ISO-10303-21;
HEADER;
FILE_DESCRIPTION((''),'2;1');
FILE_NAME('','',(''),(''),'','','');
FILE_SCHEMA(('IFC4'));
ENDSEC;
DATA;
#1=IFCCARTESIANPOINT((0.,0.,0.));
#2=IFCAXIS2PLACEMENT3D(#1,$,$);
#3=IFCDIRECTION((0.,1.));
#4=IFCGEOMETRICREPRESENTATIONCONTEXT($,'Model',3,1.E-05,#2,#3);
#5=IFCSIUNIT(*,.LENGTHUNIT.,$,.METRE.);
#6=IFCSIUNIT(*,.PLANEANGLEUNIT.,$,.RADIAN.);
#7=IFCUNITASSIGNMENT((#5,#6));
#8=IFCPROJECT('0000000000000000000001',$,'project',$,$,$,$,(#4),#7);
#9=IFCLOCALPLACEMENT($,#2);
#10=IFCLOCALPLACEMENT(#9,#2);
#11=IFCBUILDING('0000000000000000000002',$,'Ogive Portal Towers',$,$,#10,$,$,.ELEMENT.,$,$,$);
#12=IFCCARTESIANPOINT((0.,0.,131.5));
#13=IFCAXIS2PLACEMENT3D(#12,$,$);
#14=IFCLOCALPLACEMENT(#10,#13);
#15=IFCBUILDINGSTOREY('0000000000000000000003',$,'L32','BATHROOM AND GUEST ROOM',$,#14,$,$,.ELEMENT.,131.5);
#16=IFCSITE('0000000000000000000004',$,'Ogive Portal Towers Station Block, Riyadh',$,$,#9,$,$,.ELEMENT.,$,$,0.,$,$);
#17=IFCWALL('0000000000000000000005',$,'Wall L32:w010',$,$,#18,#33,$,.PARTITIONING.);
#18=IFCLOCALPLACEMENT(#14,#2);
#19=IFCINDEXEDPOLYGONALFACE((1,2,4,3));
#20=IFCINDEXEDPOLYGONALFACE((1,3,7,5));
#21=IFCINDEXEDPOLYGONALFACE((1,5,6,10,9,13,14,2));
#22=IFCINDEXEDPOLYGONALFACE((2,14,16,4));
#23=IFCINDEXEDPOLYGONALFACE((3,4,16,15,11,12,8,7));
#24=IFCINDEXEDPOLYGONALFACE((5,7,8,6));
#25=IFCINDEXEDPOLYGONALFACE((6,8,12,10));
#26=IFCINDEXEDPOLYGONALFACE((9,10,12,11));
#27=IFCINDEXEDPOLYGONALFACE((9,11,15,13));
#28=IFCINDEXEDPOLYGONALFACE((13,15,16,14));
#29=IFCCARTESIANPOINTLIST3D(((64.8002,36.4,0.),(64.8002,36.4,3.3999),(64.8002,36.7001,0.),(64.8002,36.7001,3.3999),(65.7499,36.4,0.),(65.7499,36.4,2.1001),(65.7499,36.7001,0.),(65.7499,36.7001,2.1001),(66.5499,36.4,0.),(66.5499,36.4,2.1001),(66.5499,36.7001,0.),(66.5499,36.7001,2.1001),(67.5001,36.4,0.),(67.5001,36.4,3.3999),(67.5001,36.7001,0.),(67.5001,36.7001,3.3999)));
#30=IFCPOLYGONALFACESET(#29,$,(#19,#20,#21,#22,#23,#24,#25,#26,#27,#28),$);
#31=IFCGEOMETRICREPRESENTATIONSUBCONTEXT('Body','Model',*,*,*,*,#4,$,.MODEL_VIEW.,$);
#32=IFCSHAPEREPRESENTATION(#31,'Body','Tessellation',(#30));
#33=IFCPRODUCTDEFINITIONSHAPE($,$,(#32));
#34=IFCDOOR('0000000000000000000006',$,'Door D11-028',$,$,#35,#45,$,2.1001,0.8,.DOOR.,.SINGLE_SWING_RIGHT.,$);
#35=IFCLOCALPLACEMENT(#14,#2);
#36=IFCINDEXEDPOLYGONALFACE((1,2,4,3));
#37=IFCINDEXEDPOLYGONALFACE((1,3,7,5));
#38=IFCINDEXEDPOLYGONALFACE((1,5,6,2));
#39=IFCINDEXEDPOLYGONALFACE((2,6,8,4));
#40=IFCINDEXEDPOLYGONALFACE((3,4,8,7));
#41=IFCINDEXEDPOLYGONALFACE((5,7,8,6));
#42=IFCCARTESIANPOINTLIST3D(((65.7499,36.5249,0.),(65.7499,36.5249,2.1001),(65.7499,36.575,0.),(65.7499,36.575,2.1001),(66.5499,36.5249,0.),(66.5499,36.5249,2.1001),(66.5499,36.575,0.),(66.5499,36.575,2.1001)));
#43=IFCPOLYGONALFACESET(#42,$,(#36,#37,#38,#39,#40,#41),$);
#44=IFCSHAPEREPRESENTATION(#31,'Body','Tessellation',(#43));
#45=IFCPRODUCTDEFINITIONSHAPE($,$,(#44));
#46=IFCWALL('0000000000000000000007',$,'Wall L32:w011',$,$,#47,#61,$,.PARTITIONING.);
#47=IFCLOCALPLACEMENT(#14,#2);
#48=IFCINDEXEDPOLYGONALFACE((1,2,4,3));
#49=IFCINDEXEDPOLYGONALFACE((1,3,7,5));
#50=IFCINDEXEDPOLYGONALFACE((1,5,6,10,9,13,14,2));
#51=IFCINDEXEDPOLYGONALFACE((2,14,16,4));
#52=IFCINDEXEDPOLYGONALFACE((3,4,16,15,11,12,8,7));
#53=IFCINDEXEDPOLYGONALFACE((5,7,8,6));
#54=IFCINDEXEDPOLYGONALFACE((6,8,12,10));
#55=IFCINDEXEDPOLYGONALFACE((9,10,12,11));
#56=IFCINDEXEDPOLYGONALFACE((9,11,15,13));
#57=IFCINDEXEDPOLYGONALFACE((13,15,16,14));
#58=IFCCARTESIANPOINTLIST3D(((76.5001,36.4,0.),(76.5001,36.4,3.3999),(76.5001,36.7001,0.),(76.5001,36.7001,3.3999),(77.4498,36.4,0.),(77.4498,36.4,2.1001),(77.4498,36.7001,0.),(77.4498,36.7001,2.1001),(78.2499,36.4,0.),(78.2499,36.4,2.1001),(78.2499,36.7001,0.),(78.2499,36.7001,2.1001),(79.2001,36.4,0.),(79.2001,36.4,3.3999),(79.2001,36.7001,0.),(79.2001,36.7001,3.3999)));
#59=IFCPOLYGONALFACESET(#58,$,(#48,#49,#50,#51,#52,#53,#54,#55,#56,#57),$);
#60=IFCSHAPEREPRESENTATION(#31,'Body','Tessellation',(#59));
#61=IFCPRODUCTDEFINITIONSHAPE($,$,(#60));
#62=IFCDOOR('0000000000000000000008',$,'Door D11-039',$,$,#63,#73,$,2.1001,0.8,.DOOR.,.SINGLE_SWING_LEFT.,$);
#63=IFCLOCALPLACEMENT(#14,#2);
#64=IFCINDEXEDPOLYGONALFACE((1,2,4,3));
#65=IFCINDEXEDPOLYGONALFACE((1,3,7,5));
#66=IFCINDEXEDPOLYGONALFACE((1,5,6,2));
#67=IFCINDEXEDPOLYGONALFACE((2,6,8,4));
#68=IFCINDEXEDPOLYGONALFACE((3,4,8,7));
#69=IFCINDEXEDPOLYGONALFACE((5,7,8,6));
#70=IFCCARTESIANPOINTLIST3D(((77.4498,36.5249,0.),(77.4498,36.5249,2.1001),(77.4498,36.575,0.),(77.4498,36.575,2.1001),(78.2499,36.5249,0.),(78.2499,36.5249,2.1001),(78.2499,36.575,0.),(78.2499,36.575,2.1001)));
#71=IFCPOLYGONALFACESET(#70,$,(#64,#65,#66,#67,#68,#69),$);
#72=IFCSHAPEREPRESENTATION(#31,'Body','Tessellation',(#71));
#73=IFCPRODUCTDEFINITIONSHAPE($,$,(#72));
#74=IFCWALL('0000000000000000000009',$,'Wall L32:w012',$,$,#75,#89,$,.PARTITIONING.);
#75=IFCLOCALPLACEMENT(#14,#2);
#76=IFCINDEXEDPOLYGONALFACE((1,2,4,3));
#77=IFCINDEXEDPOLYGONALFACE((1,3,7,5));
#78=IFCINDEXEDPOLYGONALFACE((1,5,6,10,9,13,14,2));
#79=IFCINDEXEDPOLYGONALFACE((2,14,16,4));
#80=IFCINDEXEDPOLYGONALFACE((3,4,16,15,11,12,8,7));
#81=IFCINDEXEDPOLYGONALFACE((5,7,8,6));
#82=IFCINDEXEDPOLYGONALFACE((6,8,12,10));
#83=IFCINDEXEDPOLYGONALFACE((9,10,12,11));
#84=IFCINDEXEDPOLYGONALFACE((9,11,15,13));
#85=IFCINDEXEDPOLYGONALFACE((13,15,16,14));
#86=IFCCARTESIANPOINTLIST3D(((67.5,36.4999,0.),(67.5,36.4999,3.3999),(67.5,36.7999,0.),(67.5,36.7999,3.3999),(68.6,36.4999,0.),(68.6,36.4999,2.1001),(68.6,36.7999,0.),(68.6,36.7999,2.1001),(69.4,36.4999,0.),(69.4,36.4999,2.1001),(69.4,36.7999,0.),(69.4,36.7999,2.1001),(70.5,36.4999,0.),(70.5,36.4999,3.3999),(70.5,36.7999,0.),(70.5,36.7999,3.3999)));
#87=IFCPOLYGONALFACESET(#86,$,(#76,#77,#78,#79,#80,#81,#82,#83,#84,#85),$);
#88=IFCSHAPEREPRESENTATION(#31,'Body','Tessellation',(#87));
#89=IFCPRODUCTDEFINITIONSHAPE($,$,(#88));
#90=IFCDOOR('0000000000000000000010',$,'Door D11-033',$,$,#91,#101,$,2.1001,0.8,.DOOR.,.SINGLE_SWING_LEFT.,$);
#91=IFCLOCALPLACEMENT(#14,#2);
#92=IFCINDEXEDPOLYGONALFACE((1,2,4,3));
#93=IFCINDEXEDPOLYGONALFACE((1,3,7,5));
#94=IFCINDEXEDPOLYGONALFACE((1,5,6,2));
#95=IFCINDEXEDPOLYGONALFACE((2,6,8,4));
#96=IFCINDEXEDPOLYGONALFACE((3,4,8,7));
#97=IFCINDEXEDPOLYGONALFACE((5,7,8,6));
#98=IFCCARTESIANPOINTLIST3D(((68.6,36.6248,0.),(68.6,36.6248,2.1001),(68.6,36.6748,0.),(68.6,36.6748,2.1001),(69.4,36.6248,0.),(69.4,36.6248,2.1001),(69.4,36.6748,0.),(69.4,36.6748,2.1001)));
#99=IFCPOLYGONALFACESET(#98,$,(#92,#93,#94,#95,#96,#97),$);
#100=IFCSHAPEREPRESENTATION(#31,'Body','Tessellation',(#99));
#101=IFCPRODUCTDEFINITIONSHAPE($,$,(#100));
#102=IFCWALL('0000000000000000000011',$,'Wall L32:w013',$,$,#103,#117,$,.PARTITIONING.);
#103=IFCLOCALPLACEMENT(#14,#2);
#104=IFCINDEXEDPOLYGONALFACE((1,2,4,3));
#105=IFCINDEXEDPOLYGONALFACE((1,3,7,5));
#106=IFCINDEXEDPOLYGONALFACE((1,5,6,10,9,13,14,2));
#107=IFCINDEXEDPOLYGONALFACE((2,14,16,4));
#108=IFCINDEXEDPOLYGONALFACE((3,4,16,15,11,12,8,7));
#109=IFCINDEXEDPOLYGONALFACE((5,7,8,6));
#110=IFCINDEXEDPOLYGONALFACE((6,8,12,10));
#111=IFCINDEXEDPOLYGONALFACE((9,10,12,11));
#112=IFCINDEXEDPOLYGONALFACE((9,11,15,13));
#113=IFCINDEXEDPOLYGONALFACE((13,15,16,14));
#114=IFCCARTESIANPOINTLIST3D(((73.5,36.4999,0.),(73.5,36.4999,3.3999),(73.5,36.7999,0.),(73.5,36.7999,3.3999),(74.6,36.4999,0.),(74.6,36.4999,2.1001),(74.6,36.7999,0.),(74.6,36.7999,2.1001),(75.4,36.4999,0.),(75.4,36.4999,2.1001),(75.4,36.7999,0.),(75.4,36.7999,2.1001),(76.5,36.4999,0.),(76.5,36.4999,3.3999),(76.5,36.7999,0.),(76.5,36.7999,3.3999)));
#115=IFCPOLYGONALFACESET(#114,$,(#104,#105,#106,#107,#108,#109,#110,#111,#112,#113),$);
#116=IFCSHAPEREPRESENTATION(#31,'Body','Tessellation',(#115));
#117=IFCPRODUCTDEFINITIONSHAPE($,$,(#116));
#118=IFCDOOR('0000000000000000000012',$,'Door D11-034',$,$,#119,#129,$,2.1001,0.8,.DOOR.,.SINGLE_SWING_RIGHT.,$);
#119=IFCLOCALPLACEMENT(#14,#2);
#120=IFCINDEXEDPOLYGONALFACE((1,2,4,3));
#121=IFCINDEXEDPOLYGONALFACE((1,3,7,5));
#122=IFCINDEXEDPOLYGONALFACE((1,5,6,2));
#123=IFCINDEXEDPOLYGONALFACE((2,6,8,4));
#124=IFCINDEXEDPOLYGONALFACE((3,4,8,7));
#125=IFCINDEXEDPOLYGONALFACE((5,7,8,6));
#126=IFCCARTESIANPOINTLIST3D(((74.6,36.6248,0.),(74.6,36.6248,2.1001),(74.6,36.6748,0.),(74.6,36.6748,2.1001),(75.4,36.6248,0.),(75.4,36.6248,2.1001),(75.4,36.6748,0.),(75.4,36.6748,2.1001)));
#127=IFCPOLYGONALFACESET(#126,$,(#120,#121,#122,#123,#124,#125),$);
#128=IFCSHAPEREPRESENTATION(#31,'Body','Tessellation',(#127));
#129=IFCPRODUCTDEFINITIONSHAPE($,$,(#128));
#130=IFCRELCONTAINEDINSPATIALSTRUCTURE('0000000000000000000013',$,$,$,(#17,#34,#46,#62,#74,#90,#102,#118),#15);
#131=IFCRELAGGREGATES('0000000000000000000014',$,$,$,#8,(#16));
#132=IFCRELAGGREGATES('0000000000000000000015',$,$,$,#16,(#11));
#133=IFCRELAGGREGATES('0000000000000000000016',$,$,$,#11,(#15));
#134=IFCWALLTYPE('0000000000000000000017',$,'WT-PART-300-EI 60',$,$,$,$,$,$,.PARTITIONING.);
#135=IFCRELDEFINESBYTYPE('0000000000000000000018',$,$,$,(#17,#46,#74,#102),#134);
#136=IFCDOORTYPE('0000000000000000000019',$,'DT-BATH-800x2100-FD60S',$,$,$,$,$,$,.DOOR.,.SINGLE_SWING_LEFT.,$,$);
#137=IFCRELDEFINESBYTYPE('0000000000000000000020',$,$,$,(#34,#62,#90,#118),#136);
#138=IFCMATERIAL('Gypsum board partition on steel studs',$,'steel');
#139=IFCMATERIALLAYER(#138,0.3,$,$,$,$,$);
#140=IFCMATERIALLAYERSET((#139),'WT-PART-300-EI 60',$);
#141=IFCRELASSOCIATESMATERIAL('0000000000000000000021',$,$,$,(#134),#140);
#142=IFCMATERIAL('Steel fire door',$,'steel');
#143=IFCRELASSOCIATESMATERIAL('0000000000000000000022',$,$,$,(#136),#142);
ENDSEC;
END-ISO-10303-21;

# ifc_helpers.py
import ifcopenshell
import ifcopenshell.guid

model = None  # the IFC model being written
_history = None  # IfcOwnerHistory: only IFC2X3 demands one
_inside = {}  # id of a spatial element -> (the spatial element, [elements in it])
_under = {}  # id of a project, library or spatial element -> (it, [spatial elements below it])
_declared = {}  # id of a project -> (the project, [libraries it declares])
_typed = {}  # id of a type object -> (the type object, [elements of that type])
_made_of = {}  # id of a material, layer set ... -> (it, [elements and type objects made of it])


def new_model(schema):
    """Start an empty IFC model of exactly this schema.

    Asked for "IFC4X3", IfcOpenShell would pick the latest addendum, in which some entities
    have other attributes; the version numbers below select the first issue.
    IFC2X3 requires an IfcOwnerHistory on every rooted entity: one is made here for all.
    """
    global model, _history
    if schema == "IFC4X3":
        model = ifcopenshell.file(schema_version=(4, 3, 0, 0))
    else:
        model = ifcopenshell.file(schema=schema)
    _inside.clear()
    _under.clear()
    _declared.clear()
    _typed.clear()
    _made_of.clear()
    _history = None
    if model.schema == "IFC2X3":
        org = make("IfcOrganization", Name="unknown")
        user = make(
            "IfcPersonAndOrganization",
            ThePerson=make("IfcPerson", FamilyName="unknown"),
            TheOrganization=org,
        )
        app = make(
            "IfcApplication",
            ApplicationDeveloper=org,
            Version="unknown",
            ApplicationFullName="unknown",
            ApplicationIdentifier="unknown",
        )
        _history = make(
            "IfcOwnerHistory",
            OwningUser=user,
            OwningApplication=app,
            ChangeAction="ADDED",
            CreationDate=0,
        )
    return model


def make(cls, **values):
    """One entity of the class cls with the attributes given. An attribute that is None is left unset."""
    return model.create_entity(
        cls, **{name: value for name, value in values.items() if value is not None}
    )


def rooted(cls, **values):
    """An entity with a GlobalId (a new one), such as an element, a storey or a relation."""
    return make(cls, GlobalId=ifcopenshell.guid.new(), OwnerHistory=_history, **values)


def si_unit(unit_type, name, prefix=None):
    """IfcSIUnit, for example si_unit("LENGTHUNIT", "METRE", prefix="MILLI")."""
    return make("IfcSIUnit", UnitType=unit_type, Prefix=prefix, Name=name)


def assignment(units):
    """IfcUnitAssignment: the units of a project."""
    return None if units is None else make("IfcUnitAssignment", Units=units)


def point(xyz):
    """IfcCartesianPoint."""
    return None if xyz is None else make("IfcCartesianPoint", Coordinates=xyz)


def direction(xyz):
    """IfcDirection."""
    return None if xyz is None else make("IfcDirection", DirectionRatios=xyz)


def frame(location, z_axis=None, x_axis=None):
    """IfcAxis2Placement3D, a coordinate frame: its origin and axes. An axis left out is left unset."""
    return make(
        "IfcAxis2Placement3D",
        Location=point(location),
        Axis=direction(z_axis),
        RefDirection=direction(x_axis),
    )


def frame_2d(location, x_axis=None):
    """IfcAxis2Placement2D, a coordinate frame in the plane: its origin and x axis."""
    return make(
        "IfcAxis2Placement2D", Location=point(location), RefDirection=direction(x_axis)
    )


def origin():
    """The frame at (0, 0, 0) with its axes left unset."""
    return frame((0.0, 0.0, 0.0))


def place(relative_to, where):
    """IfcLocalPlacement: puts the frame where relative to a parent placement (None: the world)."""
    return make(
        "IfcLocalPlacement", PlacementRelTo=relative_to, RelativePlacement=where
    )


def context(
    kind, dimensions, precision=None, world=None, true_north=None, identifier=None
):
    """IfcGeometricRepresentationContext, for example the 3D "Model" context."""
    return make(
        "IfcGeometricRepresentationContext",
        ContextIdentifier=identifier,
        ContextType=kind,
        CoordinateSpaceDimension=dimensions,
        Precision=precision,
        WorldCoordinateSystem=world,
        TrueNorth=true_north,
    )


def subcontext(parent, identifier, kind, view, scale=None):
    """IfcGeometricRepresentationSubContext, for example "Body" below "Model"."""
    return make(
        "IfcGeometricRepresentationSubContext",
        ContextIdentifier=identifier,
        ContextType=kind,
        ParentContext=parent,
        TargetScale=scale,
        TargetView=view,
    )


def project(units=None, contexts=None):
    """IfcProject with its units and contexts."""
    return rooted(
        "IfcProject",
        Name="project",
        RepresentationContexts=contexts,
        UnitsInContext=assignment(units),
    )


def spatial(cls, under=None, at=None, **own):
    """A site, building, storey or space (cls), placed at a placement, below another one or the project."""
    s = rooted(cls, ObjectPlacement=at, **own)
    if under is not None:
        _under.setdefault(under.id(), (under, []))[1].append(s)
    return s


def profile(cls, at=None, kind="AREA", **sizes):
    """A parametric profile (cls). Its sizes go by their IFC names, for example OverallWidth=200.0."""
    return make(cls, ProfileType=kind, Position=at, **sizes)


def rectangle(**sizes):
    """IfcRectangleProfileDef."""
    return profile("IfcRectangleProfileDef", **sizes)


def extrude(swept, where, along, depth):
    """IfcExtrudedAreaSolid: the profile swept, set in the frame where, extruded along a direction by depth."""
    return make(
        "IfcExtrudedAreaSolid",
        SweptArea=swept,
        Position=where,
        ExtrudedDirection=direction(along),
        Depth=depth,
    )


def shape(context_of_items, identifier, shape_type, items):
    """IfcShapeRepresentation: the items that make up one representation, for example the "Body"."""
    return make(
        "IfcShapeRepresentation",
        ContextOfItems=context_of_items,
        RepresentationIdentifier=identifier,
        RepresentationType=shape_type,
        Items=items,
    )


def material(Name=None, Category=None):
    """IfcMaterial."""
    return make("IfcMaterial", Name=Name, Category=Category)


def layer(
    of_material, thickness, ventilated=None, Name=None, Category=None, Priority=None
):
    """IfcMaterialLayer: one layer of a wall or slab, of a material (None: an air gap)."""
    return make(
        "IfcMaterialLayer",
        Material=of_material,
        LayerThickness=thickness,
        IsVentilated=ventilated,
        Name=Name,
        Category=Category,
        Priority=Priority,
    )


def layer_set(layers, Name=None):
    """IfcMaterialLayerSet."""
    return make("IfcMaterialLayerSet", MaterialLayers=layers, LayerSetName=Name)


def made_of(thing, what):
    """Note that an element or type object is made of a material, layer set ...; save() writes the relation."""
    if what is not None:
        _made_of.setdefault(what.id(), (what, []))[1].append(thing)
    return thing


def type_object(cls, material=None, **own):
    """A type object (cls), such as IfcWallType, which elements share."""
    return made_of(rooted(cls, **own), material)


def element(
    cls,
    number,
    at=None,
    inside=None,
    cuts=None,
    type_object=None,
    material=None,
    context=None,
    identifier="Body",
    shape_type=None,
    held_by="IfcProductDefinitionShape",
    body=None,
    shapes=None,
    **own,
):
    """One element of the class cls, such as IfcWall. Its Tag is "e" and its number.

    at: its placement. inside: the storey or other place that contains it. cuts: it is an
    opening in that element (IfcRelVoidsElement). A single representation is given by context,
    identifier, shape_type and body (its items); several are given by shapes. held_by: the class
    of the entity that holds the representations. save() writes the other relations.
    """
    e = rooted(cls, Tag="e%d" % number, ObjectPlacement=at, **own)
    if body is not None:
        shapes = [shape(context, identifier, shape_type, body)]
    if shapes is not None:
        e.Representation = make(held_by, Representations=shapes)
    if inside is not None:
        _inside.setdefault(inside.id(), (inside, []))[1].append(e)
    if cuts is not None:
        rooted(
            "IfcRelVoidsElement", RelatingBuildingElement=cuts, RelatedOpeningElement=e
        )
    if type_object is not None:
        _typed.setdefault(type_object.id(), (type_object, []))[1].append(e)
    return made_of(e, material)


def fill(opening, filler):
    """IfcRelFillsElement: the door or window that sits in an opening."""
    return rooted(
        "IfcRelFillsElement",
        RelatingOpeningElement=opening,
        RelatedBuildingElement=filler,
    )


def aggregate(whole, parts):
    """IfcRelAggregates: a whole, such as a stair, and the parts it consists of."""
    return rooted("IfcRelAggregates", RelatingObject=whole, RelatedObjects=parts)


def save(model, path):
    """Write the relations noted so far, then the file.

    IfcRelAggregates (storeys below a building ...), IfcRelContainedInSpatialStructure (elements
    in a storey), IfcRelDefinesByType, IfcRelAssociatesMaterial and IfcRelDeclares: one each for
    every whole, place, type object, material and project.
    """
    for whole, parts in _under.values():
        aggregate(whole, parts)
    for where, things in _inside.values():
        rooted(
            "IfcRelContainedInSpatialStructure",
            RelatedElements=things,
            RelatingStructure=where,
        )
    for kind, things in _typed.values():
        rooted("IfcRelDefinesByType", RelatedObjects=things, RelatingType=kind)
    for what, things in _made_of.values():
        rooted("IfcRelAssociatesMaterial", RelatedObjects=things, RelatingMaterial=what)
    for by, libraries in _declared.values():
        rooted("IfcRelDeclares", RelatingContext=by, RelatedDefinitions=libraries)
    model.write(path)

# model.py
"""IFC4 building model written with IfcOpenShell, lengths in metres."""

from ifc_helpers import new_model, si_unit, direction, frame, frame_2d, origin, place, context, subcontext, project, spatial, rectangle, extrude, material, layer, layer_set, type_object, element, fill, save


model = new_model("IFC4")

# Units and contexts
model_context = context("Model", 3, precision=1e-05, world=origin(), true_north=direction((0.0, 1.0)))
body_context = subcontext(model_context, "Body", "Model", "MODEL_VIEW")
ifc_project = project(units=[si_unit("LENGTHUNIT", "METRE"), si_unit("PLANEANGLEUNIT", "RADIAN")], contexts=[model_context])

# Site, building, storey
site_placement = place(None, origin())
site = spatial("IfcSite", under=ifc_project, at=site_placement, Name="Ogive Portal Towers Station Block, Riyadh", CompositionType="ELEMENT", RefElevation=0.0)
building_placement = place(site_placement, origin())
building = spatial("IfcBuilding", under=site, at=building_placement, Name="Ogive Portal Towers", CompositionType="ELEMENT")
storey_placement = place(building_placement, frame((0.0, 0.0, 131.5)))
storey = spatial("IfcBuildingStorey", under=building, at=storey_placement, Name="L32", Description="BATHROOM AND GUEST ROOM", CompositionType="ELEMENT", Elevation=131.5)

# Walls, openings, doors
ifc_material_1 = material(Name="Gypsum board partition on steel studs", Category="steel")
ifc_layer_1 = layer(ifc_material_1, 0.3)
ifc_layer_set_1 = layer_set([ifc_layer_1], Name="WT-PART-300-EI 60")
wall_type = type_object("IfcWallType", Name="WT-PART-300-EI 60", PredefinedType="PARTITIONING", material=ifc_layer_set_1)
wall_1_placement = place(storey_placement, frame((64.8, 36.55, 0.0), z_axis=(0.0, 0.0, 1.0), x_axis=(1.0, 0.0, 0.0)))
wall_1 = element("IfcWall", 1, at=wall_1_placement, inside=storey, type_object=wall_type, Name="Wall L32:w010", PredefinedType="PARTITIONING", context=body_context, shape_type="SweptSolid", body=[
    extrude(rectangle(XDim=2.7, YDim=0.3, at=frame_2d((1.3501, 0.0))), origin(), (0.0, 0.0, 1.0), 3.3999),
])
opening_1_placement = place(wall_1_placement, frame((0.95, 0.0, 0.0)))
opening_1 = element("IfcOpeningElement", 2, at=opening_1_placement, cuts=wall_1, PredefinedType="OPENING", context=body_context, shape_type="SweptSolid", body=[
    extrude(rectangle(XDim=0.8, YDim=2.1001, at=frame_2d((0.3999, 1.05))), frame((0.0, 0.1602, 0.0), z_axis=(0.0, -1.0, 0.0), x_axis=(1.0, 0.0, 0.0)), (0.0, 0.0, 1.0), 0.3201),
])
ifc_material_2 = material(Name="Steel fire door", Category="steel")
door_type = type_object("IfcDoorType", Name="DT-BATH-800x2100-FD60S", OperationType="SINGLE_SWING_LEFT", PredefinedType="DOOR", material=ifc_material_2)
door_1_placement = place(opening_1_placement, origin())
door_1 = element("IfcDoor", 3, at=door_1_placement, inside=storey, type_object=door_type, Name="Door D11-028", OperationType="SINGLE_SWING_RIGHT", OverallHeight=2.1001, OverallWidth=0.8, PredefinedType="DOOR", context=body_context, shape_type="SweptSolid", body=[
    extrude(rectangle(XDim=0.8, YDim=2.1001, at=frame_2d((0.3999, 1.05))), frame((0.0, 0.0249, 0.0), z_axis=(0.0, -1.0, 0.0), x_axis=(1.0, 0.0, 0.0)), (0.0, 0.0, 1.0), 0.05),
])
fill(opening_1, door_1)
wall_2_placement = place(storey_placement, frame((76.5, 36.55, 0.0), z_axis=(0.0, 0.0, 1.0), x_axis=(1.0, 0.0, 0.0)))
wall_2 = element("IfcWall", 4, at=wall_2_placement, inside=storey, type_object=wall_type, Name="Wall L32:w011", PredefinedType="PARTITIONING", context=body_context, shape_type="SweptSolid", body=[
    extrude(rectangle(XDim=2.7, YDim=0.3, at=frame_2d((1.3501, 0.0))), origin(), (0.0, 0.0, 1.0), 3.3999),
])
opening_2_placement = place(wall_2_placement, frame((0.95, 0.0, 0.0)))
opening_2 = element("IfcOpeningElement", 5, at=opening_2_placement, cuts=wall_2, PredefinedType="OPENING", context=body_context, shape_type="SweptSolid", body=[
    extrude(rectangle(XDim=0.8, YDim=2.1001, at=frame_2d((0.3999, 1.05))), frame((0.0, 0.1602, 0.0), z_axis=(0.0, -1.0, 0.0), x_axis=(1.0, 0.0, 0.0)), (0.0, 0.0, 1.0), 0.3201),
])
door_2_placement = place(opening_2_placement, origin())
door_2 = element("IfcDoor", 6, at=door_2_placement, inside=storey, type_object=door_type, Name="Door D11-039", OperationType="SINGLE_SWING_LEFT", OverallHeight=2.1001, OverallWidth=0.8, PredefinedType="DOOR", context=body_context, shape_type="SweptSolid", body=[
    extrude(rectangle(XDim=0.8, YDim=2.1001, at=frame_2d((0.3999, 1.05))), frame((0.0, 0.0249, 0.0), z_axis=(0.0, -1.0, 0.0), x_axis=(1.0, 0.0, 0.0)), (0.0, 0.0, 1.0), 0.05),
])
fill(opening_2, door_2)
wall_3_placement = place(storey_placement, frame((67.5, 36.6499, 0.0), z_axis=(0.0, 0.0, 1.0), x_axis=(1.0, 0.0, 0.0)))
wall_3 = element("IfcWall", 7, at=wall_3_placement, inside=storey, type_object=wall_type, Name="Wall L32:w012", PredefinedType="PARTITIONING", context=body_context, shape_type="SweptSolid", body=[
    extrude(rectangle(XDim=3.0, YDim=0.3, at=frame_2d((1.5, 0.0))), origin(), (0.0, 0.0, 1.0), 3.3999),
])
opening_3_placement = place(wall_3_placement, frame((1.1001, 0.0, 0.0)))
opening_3 = element("IfcOpeningElement", 8, at=opening_3_placement, cuts=wall_3, PredefinedType="OPENING", context=body_context, shape_type="SweptSolid", body=[
    extrude(rectangle(XDim=0.8, YDim=2.1001, at=frame_2d((0.3999, 1.05))), frame((0.0, 0.1602, 0.0), z_axis=(0.0, -1.0, 0.0), x_axis=(1.0, 0.0, 0.0)), (0.0, 0.0, 1.0), 0.3201),
])
door_3_placement = place(opening_3_placement, origin())
door_3 = element("IfcDoor", 9, at=door_3_placement, inside=storey, type_object=door_type, Name="Door D11-033", OperationType="SINGLE_SWING_LEFT", OverallHeight=2.1001, OverallWidth=0.8, PredefinedType="DOOR", context=body_context, shape_type="SweptSolid", body=[
    extrude(rectangle(XDim=0.8, YDim=2.1001, at=frame_2d((0.3999, 1.05))), frame((0.0, 0.0249, 0.0), z_axis=(0.0, -1.0, 0.0), x_axis=(1.0, 0.0, 0.0)), (0.0, 0.0, 1.0), 0.05),
])
fill(opening_3, door_3)
wall_4_placement = place(storey_placement, frame((73.5, 36.6499, 0.0), z_axis=(0.0, 0.0, 1.0), x_axis=(1.0, 0.0, 0.0)))
wall_4 = element("IfcWall", 10, at=wall_4_placement, inside=storey, type_object=wall_type, Name="Wall L32:w013", PredefinedType="PARTITIONING", context=body_context, shape_type="SweptSolid", body=[
    extrude(rectangle(XDim=3.0, YDim=0.3, at=frame_2d((1.5, 0.0))), origin(), (0.0, 0.0, 1.0), 3.3999),
])
opening_4_placement = place(wall_4_placement, frame((1.1001, 0.0, 0.0)))
opening_4 = element("IfcOpeningElement", 11, at=opening_4_placement, cuts=wall_4, PredefinedType="OPENING", context=body_context, shape_type="SweptSolid", body=[
    extrude(rectangle(XDim=0.8, YDim=2.1001, at=frame_2d((0.3999, 1.05))), frame((0.0, 0.1602, 0.0), z_axis=(0.0, -1.0, 0.0), x_axis=(1.0, 0.0, 0.0)), (0.0, 0.0, 1.0), 0.3201),
])
door_4_placement = place(opening_4_placement, origin())
door_4 = element("IfcDoor", 12, at=door_4_placement, inside=storey, type_object=door_type, Name="Door D11-034", OperationType="SINGLE_SWING_RIGHT", OverallHeight=2.1001, OverallWidth=0.8, PredefinedType="DOOR", context=body_context, shape_type="SweptSolid", body=[
    extrude(rectangle(XDim=0.8, YDim=2.1001, at=frame_2d((0.3999, 1.05))), frame((0.0, 0.0249, 0.0), z_axis=(0.0, -1.0, 0.0), x_axis=(1.0, 0.0, 0.0)), (0.0, 0.0, 1.0), 0.05),
])
fill(opening_4, door_4)

save(model, "model.ifc")
